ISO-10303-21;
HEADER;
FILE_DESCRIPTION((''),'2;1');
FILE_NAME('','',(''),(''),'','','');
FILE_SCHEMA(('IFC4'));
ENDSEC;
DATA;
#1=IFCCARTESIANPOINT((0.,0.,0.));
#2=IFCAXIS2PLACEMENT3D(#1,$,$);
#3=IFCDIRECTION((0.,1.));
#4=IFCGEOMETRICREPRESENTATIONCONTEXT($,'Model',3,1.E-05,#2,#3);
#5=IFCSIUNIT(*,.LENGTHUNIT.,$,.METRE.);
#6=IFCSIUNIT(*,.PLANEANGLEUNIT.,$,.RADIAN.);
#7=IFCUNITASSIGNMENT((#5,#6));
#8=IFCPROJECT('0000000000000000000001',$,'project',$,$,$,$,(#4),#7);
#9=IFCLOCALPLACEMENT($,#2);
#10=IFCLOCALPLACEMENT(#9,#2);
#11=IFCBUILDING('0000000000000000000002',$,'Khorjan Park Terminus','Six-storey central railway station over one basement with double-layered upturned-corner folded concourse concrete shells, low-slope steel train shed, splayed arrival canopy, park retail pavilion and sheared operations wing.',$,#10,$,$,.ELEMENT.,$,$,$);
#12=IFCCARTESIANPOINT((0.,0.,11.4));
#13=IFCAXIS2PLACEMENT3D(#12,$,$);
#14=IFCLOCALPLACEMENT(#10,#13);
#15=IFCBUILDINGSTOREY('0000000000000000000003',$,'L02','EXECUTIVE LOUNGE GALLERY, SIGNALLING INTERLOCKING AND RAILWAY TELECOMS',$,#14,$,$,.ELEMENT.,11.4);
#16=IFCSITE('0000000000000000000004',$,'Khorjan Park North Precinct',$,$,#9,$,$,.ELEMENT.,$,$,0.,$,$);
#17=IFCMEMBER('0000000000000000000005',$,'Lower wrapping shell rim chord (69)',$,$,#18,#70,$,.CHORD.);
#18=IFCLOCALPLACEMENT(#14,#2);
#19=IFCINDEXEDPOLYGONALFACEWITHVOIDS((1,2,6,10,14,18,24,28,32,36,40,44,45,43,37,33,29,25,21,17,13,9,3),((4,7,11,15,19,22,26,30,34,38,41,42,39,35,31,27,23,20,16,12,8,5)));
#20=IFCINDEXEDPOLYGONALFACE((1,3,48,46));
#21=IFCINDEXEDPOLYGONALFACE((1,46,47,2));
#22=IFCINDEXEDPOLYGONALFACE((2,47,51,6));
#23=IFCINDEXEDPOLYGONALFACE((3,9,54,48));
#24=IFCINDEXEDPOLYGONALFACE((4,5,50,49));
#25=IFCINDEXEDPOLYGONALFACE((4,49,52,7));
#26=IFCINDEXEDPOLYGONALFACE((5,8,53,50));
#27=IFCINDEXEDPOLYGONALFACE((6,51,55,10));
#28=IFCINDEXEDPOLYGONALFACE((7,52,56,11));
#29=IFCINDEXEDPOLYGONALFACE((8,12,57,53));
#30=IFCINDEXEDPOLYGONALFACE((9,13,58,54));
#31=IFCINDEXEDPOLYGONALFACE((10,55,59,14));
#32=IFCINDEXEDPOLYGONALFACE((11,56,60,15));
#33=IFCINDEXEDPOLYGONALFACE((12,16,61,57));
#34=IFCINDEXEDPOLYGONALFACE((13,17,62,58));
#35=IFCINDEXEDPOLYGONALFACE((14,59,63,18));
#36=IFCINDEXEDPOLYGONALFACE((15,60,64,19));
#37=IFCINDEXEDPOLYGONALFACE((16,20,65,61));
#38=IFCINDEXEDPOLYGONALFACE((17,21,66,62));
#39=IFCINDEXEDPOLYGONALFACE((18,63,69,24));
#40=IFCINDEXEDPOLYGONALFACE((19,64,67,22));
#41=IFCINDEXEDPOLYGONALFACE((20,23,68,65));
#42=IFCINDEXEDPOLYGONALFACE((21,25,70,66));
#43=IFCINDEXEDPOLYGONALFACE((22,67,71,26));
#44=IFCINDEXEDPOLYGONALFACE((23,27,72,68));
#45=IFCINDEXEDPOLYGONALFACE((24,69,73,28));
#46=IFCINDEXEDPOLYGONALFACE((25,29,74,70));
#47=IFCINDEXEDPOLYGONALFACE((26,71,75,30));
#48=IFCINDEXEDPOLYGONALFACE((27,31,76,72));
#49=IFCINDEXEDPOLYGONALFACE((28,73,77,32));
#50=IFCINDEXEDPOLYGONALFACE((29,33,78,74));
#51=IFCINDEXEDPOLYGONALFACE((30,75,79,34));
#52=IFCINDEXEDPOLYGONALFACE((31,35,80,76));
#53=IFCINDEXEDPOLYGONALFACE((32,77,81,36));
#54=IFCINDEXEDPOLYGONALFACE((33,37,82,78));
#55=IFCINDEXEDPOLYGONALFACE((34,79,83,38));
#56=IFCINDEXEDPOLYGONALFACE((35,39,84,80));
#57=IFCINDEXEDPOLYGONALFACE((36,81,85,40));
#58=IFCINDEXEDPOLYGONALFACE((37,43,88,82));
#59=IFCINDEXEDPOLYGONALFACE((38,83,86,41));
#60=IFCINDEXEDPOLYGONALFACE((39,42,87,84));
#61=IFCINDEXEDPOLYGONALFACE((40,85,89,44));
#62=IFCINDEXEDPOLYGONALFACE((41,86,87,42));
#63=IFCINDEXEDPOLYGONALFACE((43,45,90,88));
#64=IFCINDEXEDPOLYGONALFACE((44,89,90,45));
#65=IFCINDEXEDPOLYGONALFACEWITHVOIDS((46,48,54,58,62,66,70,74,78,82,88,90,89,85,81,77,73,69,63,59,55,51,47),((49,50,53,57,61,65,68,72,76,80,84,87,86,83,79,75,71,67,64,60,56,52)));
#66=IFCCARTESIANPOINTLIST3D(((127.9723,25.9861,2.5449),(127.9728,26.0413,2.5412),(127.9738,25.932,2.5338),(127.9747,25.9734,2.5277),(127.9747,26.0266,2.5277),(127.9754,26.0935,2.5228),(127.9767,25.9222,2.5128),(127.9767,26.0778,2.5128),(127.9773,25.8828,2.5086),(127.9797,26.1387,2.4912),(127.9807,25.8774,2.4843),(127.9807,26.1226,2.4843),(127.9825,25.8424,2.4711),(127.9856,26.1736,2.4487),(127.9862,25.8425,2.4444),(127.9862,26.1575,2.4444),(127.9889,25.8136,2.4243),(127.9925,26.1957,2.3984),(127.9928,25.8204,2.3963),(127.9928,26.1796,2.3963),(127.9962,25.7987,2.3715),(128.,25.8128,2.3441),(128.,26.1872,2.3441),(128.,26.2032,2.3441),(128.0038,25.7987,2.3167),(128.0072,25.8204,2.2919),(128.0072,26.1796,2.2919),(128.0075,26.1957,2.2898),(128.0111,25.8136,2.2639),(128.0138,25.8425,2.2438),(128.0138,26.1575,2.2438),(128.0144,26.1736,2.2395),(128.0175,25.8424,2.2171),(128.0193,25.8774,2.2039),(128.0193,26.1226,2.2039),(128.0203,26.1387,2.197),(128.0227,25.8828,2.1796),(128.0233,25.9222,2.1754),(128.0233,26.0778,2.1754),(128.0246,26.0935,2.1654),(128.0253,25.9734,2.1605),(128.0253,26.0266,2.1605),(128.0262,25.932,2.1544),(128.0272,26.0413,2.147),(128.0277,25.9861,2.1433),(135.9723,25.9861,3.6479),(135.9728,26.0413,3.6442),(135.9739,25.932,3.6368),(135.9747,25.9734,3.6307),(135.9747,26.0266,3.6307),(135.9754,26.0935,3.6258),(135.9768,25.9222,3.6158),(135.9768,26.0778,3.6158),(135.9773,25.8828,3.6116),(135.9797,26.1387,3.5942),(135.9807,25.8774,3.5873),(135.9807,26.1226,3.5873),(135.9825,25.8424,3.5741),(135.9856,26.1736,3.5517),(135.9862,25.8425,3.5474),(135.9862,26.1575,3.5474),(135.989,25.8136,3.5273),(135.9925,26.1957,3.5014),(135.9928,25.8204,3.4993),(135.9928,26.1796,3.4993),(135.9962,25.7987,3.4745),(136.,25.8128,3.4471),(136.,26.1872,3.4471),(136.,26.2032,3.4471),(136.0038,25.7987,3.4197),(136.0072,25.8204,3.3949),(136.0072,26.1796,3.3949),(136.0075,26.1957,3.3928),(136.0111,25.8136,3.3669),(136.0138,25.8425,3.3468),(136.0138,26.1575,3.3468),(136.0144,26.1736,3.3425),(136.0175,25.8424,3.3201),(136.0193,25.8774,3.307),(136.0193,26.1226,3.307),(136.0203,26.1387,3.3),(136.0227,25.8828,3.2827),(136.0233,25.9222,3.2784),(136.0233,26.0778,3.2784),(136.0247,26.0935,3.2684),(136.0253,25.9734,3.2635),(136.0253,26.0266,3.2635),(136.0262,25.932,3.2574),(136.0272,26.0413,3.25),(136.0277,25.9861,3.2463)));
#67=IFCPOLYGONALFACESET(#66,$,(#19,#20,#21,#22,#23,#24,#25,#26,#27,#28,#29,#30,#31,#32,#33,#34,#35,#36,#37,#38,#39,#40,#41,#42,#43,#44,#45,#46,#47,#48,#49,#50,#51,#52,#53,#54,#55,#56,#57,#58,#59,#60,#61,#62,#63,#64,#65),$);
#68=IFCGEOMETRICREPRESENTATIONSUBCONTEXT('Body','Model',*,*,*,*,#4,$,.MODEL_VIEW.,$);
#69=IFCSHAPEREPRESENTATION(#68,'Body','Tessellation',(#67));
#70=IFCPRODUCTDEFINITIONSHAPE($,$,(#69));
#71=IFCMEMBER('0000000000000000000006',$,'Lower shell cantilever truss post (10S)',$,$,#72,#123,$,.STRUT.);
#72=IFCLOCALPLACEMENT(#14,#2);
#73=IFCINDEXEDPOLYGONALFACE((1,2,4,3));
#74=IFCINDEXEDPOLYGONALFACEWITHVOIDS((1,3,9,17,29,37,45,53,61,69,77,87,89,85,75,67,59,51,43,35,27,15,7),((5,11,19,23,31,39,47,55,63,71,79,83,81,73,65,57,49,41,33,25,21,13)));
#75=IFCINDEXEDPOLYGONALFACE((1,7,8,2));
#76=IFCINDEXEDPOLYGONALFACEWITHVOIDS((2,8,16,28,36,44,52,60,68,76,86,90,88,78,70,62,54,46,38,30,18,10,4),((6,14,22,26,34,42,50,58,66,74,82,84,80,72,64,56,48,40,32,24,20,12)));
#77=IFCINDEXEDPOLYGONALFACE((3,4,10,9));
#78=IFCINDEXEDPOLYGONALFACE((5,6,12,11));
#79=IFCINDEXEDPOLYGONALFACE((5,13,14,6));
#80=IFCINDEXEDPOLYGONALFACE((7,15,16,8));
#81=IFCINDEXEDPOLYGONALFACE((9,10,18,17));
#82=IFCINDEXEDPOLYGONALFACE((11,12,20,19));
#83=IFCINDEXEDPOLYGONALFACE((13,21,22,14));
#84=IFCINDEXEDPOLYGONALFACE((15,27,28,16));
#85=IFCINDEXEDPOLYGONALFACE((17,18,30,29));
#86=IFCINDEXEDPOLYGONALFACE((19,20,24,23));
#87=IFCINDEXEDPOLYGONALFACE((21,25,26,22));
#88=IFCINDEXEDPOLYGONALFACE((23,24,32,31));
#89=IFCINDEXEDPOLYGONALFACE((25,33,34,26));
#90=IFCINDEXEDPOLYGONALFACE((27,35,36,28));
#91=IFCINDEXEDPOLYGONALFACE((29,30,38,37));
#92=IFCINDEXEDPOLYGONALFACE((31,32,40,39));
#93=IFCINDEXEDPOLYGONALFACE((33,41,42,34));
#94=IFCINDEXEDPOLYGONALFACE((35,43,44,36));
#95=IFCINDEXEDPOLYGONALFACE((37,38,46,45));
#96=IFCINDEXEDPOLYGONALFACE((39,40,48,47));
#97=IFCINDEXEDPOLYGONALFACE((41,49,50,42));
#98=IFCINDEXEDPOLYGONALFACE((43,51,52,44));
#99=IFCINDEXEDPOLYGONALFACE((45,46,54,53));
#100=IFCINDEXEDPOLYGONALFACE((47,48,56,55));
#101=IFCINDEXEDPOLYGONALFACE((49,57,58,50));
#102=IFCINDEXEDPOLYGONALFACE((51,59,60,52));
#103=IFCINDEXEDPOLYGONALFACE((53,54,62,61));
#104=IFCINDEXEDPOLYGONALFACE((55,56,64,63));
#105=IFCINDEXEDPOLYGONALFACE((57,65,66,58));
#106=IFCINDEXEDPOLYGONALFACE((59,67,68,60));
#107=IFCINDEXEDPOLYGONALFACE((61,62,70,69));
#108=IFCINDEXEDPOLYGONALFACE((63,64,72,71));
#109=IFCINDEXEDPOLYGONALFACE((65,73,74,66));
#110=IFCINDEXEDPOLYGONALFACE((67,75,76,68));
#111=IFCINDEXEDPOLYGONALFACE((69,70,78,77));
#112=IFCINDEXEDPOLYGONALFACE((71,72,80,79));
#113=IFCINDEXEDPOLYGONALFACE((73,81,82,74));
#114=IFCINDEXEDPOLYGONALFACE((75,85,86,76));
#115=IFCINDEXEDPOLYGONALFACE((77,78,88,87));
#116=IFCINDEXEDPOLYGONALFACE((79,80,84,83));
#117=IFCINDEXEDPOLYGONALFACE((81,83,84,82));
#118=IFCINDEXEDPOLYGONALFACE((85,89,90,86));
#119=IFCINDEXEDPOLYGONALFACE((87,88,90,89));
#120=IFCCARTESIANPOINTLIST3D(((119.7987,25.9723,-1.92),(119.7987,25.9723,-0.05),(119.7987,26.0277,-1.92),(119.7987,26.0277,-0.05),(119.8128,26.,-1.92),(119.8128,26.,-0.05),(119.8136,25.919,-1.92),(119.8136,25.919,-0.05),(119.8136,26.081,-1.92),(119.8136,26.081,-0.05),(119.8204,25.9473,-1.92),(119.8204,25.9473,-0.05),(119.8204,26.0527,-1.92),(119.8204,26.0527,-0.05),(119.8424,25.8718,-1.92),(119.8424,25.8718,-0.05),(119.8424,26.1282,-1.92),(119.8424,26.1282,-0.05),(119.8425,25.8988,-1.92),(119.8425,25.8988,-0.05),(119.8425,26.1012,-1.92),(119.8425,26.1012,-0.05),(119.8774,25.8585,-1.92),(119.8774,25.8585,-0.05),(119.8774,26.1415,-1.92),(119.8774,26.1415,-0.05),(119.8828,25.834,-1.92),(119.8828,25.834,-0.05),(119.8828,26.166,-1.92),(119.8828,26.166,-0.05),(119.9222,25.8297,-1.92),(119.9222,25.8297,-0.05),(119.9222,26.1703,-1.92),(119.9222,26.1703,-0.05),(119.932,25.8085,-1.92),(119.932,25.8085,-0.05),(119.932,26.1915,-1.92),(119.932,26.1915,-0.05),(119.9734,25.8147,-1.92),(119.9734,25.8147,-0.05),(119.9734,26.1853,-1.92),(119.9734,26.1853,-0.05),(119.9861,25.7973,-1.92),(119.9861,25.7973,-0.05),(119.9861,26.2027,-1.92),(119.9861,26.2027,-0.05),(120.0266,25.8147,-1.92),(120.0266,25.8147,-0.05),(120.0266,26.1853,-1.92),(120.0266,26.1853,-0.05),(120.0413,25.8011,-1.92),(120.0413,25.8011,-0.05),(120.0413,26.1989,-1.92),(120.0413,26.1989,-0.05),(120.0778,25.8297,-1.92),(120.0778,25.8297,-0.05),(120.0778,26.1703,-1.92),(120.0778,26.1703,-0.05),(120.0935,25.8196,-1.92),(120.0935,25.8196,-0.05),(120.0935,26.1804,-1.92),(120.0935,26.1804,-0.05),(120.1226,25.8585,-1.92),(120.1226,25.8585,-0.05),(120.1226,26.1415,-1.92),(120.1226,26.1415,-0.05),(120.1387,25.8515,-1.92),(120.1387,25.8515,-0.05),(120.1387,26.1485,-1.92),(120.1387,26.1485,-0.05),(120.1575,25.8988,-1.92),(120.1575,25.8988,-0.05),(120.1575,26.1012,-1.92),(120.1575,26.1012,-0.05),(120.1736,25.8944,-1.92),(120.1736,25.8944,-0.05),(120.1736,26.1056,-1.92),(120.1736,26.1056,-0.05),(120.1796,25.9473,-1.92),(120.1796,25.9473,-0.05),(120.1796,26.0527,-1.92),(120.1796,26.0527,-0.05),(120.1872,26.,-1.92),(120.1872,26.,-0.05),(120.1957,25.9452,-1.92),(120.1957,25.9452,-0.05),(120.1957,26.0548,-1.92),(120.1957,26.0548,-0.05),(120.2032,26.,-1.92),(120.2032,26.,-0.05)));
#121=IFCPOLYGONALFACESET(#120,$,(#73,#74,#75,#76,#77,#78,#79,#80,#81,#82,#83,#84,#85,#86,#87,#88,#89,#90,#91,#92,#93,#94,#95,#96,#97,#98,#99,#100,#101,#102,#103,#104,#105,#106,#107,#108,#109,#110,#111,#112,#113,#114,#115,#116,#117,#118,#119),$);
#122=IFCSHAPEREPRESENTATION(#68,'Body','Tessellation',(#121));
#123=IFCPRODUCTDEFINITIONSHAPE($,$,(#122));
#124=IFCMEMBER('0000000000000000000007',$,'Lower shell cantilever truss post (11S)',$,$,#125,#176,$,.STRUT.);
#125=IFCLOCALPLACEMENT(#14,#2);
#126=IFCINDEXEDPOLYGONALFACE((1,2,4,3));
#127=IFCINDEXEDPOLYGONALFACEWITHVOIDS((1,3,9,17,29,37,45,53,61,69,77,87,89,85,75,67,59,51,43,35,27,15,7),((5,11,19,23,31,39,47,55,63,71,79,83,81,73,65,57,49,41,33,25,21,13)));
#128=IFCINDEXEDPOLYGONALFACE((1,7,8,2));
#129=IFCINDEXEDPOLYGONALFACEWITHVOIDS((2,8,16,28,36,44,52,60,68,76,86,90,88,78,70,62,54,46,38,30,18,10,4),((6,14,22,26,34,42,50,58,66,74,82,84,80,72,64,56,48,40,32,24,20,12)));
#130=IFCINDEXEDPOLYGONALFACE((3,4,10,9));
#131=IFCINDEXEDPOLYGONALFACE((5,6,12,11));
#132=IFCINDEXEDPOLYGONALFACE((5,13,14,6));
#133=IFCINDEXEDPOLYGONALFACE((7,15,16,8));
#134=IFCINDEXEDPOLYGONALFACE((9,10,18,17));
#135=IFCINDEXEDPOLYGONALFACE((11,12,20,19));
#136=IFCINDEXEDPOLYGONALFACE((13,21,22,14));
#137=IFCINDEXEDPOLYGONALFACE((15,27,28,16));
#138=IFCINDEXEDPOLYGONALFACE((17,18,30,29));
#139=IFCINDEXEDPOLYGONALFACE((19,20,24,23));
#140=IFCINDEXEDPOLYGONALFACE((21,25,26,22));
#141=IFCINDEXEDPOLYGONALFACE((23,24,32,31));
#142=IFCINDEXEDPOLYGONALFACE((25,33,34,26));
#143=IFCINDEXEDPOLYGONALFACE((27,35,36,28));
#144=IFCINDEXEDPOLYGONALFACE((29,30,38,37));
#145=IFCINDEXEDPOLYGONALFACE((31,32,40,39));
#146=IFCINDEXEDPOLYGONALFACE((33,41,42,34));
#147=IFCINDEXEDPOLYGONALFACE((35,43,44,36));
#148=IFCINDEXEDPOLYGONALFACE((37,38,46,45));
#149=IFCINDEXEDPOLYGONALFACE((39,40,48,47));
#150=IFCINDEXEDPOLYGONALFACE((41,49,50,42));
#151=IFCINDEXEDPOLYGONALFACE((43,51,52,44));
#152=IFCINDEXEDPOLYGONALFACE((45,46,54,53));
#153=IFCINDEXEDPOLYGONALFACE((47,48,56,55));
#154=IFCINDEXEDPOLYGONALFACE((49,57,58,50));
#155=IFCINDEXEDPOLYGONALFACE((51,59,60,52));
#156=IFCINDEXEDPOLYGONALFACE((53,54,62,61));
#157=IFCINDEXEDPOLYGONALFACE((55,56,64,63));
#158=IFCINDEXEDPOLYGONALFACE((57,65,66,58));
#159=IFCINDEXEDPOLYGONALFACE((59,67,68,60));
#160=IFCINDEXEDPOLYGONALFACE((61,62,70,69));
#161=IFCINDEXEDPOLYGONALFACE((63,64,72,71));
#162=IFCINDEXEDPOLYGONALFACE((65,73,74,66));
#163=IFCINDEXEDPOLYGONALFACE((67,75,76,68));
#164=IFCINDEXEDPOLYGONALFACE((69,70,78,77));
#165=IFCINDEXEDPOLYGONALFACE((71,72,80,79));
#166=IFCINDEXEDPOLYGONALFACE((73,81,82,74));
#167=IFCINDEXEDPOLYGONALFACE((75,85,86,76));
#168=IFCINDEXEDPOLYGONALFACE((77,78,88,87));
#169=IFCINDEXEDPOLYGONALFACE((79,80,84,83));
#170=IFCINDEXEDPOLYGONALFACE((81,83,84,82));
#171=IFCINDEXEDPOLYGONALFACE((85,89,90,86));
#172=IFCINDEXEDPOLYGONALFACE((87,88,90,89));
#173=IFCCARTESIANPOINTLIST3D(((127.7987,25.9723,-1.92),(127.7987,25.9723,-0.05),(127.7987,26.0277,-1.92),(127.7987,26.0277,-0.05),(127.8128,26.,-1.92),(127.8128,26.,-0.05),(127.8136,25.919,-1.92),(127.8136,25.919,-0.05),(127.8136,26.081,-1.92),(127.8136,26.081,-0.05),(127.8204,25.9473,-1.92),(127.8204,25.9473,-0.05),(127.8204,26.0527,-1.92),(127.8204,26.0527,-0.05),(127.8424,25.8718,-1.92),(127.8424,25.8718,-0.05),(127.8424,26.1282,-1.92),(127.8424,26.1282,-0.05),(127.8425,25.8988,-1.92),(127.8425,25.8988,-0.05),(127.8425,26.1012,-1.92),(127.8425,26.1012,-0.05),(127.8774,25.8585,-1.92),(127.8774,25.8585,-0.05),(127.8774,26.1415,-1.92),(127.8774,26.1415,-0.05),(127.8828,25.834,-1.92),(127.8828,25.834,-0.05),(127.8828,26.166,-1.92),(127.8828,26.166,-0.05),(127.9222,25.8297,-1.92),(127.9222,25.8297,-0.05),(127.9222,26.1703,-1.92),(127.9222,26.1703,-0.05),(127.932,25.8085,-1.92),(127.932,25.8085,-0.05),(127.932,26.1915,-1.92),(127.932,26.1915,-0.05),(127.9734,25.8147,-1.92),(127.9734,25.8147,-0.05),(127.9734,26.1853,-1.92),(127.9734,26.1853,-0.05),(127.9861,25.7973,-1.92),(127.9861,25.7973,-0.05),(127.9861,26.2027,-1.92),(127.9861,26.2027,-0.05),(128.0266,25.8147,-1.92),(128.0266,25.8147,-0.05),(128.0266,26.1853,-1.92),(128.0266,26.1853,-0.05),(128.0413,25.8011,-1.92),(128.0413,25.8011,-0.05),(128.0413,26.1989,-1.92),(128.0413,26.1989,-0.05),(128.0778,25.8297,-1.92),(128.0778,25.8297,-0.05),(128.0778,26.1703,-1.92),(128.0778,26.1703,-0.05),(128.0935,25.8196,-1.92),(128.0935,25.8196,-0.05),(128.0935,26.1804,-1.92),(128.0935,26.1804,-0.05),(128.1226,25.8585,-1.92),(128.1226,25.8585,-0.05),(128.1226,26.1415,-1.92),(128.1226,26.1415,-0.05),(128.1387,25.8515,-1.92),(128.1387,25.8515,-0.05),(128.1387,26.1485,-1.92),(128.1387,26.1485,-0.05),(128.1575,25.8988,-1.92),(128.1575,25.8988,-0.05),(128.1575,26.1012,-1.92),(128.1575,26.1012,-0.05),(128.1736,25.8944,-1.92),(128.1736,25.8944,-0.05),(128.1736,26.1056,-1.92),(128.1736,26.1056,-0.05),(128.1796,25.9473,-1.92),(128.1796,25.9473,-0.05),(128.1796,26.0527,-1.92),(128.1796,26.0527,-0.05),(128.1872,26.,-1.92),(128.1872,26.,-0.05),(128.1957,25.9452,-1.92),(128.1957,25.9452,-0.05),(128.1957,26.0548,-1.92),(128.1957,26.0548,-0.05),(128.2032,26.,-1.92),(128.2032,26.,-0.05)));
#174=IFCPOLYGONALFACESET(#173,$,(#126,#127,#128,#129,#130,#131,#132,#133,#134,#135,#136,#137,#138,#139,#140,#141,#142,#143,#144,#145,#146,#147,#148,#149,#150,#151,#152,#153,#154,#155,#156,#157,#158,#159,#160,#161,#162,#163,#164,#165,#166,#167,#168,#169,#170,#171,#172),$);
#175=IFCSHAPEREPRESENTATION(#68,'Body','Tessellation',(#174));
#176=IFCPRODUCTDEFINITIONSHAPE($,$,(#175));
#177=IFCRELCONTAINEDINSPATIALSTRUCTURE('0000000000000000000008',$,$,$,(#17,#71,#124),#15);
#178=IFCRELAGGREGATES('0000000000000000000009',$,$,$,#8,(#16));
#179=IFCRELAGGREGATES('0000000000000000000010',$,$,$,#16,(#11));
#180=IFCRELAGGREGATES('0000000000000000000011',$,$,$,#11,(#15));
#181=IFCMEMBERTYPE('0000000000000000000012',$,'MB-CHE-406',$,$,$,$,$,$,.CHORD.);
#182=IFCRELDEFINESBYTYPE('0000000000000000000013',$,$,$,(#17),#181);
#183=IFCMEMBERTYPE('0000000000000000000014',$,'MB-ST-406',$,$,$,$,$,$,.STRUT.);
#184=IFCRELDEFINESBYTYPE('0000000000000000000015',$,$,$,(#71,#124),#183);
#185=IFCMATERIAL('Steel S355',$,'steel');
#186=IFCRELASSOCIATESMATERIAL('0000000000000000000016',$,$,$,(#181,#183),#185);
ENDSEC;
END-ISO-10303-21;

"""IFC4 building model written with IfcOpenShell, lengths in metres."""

from ifc_helpers import new_model, si_unit, direction, frame, origin, origin_2d, place, context, subcontext, project, spatial, hollow_circle, extrude, material, material_profile, profile_set, type_object, element, save


model = new_model("IFC4")

# Units and contexts
model_context = context("Model", 3, precision=1e-05, world=origin(), true_north=direction((0.0, 1.0)))
body_context = subcontext(model_context, "Body", "Model", "MODEL_VIEW")
ifc_project = project(units=[si_unit("LENGTHUNIT", "METRE"), si_unit("PLANEANGLEUNIT", "RADIAN")], contexts=[model_context])

# Site, building, storey
site_placement = place(None, origin())
site = spatial("IfcSite", under=ifc_project, at=site_placement, Name="Khorjan Park North Precinct", CompositionType="ELEMENT", RefElevation=0.0)
building_placement = place(site_placement, origin())
building = spatial("IfcBuilding", under=site, at=building_placement, Name="Khorjan Park Terminus", Description="Six-storey central railway station over one basement with double-layered upturned-corner folded concourse concrete shells, low-slope steel train shed, splayed arrival canopy, park retail pavilion and sheared operations wing.", CompositionType="ELEMENT")
storey_placement = place(building_placement, frame((0.0, 0.0, 11.4)))
storey = spatial("IfcBuildingStorey", under=building, at=storey_placement, Name="L02", Description="EXECUTIVE LOUNGE GALLERY, SIGNALLING INTERLOCKING AND RAILWAY TELECOMS", CompositionType="ELEMENT", Elevation=11.4)

# Members
ifc_material_1 = material(Name="Steel S355", Category="steel")
ifc_material_profile_1 = material_profile(ifc_material_1, hollow_circle(Radius=0.2032, WallThickness=0.016, at=origin_2d()), Name="CHS 406.4x16")
ifc_profile_set_1 = profile_set([ifc_material_profile_1], Name="Steel S355")
member_type_1 = type_object("IfcMemberType", Name="MB-CHE-406", PredefinedType="CHORD", material=ifc_profile_set_1)
member_1_placement = place(storey_placement, frame((128.0, 26.0, 2.3441), z_axis=(0.990629, 0.0, 0.136583), x_axis=(0.0, 1.0, 0.0)))
element("IfcMember", 1, at=member_1_placement, inside=storey, type_object=member_type_1, Name="Lower wrapping shell rim chord (69)", PredefinedType="CHORD", context=body_context, shape_type="SweptSolid", body=[
    extrude(hollow_circle(Radius=0.2032, WallThickness=0.016, at=origin_2d()), origin(), (0.0, 0.0, 1.0), 8.0757),
])
ifc_material_profile_2 = material_profile(ifc_material_1, hollow_circle(Radius=0.2032, WallThickness=0.016, at=origin_2d()), Name="CHS 406.4x16")
ifc_profile_set_2 = profile_set([ifc_material_profile_2], Name="Steel S355")
member_type_2 = type_object("IfcMemberType", Name="MB-ST-406", PredefinedType="STRUT", material=ifc_profile_set_2)
for number, where, z_axis, x_axis, name in (
    (2, (120.0, 26.0, -1.92), (0.0, 0.0, 1.0), (1.0, 0.0, 0.0), "Lower shell cantilever truss post (10S)"),
    (3, (128.0, 26.0, -1.92), (0.0, 0.0, 1.0), (1.0, 0.0, 0.0), "Lower shell cantilever truss post (11S)"),
):
    element("IfcMember", number, at=place(storey_placement, frame(where, z_axis=z_axis, x_axis=x_axis)), inside=storey, type_object=member_type_2, Name=name, PredefinedType="STRUT", context=body_context, shape_type="SweptSolid", body=[
        extrude(hollow_circle(Radius=0.2032, WallThickness=0.016, at=origin_2d()), origin(), (0.0, 0.0, 1.0), 1.87),
    ])

save(model, "model.ifc")
